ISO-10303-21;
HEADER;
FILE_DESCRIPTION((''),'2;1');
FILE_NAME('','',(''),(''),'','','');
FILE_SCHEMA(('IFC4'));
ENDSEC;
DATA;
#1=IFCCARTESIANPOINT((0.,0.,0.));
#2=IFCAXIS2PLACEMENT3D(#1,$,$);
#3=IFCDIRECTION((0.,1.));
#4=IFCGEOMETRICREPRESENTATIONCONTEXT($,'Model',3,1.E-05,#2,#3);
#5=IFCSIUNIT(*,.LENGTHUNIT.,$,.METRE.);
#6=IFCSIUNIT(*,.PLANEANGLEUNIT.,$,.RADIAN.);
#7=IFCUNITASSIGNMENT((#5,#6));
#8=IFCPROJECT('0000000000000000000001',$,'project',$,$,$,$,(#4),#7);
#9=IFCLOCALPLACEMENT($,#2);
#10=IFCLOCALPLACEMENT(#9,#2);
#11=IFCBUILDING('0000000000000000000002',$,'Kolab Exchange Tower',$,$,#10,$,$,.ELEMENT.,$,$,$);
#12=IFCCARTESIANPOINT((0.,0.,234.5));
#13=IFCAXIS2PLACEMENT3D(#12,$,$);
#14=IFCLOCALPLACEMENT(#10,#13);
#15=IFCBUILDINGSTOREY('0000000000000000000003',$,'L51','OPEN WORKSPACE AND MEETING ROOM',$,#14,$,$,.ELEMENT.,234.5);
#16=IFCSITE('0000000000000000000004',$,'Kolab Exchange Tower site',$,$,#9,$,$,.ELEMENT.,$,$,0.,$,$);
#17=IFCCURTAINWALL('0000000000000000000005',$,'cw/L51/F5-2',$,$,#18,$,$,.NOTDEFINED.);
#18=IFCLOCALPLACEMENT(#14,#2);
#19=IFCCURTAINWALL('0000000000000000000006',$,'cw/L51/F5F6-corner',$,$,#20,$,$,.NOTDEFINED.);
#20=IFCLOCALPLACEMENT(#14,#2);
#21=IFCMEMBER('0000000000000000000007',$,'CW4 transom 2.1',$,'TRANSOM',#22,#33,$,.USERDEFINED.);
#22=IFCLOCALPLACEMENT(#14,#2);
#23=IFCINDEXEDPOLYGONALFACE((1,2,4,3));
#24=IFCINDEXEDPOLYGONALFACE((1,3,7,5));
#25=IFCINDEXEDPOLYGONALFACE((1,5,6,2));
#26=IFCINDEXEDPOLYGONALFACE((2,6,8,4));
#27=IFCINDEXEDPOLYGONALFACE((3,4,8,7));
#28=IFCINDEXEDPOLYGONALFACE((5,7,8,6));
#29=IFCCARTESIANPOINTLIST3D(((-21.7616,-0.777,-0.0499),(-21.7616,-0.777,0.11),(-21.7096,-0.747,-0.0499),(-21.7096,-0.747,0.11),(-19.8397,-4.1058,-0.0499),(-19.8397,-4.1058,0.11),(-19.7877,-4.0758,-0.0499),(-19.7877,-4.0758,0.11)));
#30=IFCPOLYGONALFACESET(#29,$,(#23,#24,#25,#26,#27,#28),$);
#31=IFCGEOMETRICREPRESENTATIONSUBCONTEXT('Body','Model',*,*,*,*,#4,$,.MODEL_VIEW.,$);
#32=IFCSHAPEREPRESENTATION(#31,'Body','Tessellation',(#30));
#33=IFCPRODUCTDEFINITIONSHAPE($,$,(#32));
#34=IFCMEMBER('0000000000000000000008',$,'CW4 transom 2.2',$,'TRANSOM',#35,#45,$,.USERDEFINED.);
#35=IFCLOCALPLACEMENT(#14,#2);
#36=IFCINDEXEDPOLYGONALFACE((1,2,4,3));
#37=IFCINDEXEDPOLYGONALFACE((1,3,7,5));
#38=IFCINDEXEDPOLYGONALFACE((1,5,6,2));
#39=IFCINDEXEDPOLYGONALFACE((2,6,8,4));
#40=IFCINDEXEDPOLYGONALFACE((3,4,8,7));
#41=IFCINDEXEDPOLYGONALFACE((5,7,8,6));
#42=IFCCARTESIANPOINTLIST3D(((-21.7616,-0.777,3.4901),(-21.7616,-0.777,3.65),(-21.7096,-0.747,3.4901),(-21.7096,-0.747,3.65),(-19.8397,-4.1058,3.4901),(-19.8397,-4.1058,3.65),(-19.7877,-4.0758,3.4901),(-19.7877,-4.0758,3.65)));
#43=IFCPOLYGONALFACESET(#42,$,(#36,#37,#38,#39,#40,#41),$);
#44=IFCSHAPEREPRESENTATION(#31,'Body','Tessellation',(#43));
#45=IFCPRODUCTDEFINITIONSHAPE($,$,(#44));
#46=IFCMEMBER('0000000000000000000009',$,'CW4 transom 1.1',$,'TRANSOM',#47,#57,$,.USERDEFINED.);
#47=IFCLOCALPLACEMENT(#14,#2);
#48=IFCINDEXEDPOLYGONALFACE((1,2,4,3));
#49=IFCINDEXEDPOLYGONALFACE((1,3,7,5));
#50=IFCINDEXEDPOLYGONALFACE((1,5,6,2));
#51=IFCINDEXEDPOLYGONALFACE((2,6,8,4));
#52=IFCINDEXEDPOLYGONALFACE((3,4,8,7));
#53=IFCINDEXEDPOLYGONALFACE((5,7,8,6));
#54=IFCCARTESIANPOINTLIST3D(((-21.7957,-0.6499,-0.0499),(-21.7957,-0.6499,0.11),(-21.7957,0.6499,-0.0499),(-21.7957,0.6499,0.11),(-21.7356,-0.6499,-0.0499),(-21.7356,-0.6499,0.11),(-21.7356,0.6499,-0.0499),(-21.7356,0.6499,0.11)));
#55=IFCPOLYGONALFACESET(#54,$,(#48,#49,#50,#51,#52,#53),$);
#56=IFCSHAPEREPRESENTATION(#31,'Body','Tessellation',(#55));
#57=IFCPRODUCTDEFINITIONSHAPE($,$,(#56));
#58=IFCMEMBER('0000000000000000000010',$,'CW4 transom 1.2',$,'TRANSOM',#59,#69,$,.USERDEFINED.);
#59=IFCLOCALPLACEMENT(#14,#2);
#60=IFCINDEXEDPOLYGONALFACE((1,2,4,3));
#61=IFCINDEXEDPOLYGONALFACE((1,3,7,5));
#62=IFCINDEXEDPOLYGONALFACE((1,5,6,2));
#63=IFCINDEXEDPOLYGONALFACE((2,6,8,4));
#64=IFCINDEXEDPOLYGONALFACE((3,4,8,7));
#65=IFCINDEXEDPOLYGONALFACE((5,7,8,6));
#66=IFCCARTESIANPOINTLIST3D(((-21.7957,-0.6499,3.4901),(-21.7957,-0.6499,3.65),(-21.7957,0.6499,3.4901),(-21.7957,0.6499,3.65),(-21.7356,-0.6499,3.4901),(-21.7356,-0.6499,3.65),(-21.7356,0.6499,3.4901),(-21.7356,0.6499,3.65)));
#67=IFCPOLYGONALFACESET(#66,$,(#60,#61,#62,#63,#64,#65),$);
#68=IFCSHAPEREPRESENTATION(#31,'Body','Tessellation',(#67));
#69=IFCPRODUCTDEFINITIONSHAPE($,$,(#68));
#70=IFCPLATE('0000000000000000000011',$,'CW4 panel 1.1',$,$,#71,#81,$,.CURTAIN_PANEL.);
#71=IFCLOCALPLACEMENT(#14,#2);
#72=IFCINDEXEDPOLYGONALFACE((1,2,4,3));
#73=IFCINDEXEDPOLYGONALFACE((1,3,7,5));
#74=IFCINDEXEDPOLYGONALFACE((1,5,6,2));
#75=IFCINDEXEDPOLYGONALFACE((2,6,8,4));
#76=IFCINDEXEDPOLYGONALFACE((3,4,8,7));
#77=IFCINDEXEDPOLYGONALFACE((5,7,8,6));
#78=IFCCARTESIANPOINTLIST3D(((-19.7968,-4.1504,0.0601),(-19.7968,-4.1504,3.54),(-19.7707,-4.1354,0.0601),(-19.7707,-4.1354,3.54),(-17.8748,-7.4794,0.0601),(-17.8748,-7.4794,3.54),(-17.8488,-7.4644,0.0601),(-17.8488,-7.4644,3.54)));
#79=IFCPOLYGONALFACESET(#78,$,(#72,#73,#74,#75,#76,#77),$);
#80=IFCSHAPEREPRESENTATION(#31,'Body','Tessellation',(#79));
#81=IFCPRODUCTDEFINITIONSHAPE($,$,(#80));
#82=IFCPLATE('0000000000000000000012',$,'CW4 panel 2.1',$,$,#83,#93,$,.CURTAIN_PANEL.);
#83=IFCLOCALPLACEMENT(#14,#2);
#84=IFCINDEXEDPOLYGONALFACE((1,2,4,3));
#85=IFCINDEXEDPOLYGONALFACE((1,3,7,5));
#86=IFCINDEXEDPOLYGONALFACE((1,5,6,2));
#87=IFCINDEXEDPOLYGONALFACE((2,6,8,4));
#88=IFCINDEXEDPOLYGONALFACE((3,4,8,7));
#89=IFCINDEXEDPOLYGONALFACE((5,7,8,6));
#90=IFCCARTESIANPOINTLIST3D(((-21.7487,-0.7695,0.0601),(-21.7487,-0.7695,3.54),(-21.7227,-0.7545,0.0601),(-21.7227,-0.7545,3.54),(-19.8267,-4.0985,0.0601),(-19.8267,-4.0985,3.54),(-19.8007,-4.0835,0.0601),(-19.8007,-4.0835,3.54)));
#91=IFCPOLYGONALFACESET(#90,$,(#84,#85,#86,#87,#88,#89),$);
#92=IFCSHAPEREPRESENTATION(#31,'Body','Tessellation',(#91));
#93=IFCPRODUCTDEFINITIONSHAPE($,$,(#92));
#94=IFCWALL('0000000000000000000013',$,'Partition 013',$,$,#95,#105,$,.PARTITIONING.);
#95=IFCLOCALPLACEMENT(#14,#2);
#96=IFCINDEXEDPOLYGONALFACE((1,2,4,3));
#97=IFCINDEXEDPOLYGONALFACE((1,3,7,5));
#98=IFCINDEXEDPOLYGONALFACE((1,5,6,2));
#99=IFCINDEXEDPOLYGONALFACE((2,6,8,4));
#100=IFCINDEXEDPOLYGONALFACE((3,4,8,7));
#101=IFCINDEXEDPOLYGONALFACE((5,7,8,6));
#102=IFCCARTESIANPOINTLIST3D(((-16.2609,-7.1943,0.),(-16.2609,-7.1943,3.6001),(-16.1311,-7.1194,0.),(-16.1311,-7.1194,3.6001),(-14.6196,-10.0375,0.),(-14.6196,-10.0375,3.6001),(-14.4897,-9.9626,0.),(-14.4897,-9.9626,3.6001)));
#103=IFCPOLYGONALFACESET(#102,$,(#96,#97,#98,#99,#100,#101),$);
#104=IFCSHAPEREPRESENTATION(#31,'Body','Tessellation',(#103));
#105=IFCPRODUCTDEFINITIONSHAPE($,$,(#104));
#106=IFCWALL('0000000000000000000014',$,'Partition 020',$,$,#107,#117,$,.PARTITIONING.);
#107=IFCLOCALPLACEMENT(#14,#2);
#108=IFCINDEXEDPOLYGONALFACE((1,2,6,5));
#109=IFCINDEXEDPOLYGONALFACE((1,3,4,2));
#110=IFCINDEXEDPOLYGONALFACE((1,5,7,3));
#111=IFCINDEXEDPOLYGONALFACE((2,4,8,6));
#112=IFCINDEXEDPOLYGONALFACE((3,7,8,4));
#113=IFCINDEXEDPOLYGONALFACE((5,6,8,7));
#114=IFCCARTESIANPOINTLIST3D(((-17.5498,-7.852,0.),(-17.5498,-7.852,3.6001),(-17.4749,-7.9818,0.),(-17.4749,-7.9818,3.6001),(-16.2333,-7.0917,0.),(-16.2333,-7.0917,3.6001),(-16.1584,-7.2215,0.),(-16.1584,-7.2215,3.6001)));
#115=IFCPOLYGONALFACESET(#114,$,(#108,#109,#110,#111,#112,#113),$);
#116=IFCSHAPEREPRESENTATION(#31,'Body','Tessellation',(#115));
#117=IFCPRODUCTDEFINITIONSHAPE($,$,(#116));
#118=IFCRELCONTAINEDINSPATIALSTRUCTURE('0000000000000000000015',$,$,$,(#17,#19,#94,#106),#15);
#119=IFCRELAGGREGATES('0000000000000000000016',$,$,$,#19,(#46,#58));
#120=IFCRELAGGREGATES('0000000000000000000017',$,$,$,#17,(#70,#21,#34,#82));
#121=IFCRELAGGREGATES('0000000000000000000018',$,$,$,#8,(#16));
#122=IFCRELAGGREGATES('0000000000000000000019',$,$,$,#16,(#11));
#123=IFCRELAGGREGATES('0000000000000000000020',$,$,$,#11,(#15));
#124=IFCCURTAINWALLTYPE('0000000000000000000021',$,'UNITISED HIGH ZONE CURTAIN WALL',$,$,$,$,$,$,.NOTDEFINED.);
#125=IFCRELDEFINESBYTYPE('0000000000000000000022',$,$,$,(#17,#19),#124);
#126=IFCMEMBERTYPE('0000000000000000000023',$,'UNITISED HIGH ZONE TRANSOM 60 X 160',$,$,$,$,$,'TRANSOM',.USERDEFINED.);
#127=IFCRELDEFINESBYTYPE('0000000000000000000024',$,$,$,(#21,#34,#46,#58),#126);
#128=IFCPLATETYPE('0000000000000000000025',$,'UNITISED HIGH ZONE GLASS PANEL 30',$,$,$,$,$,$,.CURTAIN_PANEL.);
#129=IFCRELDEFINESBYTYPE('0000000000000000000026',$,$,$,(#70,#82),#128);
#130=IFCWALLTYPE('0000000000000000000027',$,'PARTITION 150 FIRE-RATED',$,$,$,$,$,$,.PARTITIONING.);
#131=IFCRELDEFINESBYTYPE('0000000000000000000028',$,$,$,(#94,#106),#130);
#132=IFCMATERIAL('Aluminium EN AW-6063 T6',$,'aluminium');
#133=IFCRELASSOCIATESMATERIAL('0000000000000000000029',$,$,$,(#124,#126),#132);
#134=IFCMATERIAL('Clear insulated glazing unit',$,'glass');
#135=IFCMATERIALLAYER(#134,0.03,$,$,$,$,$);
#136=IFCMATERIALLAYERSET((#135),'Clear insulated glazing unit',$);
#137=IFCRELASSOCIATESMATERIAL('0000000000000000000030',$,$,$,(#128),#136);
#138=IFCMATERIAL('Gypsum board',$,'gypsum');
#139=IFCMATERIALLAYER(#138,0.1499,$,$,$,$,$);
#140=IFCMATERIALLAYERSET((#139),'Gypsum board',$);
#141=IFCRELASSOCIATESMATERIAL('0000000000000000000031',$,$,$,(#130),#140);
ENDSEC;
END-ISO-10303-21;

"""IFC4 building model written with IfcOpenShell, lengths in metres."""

from ifc_helpers import new_model, si_unit, direction, frame, frame_2d, origin, origin_2d, place, context, subcontext, project, spatial, rectangle, extrude, material, layer, layer_set, material_profile, profile_set, type_object, element, aggregate, save


model = new_model("IFC4")

# Units and contexts
model_context = context("Model", 3, precision=1e-05, world=origin(), true_north=direction((0.0, 1.0)))
body_context = subcontext(model_context, "Body", "Model", "MODEL_VIEW")
ifc_project = project(units=[si_unit("LENGTHUNIT", "METRE"), si_unit("PLANEANGLEUNIT", "RADIAN")], contexts=[model_context])

# Site, building, storey
site_placement = place(None, origin())
site = spatial("IfcSite", under=ifc_project, at=site_placement, Name="Kolab Exchange Tower site", CompositionType="ELEMENT", RefElevation=0.0)
building_placement = place(site_placement, origin())
building = spatial("IfcBuilding", under=site, at=building_placement, Name="Kolab Exchange Tower", CompositionType="ELEMENT")
storey_placement = place(building_placement, frame((0.0, 0.0, 234.5)))
storey = spatial("IfcBuildingStorey", under=building, at=storey_placement, Name="L51", Description="OPEN WORKSPACE AND MEETING ROOM", CompositionType="ELEMENT", Elevation=234.5)

# Curtain wall
ifc_material_1 = material(Name="Aluminium EN AW-6063 T6", Category="aluminium")
curtain_wall_type = type_object("IfcCurtainWallType", Name="UNITISED HIGH ZONE CURTAIN WALL", PredefinedType="NOTDEFINED", material=ifc_material_1)
curtain_wall_1_placement = place(storey_placement, origin())
curtain_wall_1 = element("IfcCurtainWall", 1, at=curtain_wall_1_placement, inside=storey, type_object=curtain_wall_type, Name="cw/L51/F5-2", PredefinedType="NOTDEFINED")

# Curtain wall
curtain_wall_2_placement = place(storey_placement, origin())
curtain_wall_2 = element("IfcCurtainWall", 2, at=curtain_wall_2_placement, inside=storey, type_object=curtain_wall_type, Name="cw/L51/F5F6-corner", PredefinedType="NOTDEFINED")

# Members
ifc_material_profile_1 = material_profile(ifc_material_1, rectangle(XDim=0.0601, YDim=0.1599, at=origin_2d()), Name="RECT 60X160")
ifc_profile_set_1 = profile_set([ifc_material_profile_1], Name="Aluminium EN AW-6063 T6")
member_type_1 = type_object("IfcMemberType", Name="UNITISED HIGH ZONE TRANSOM 60 X 160", ElementType="TRANSOM", PredefinedType="USERDEFINED", material=ifc_profile_set_1)
member_1_placement = place(storey_placement, frame((-19.8137, -4.0908, 0.03), z_axis=(-0.499992, 0.86603, 0.0), x_axis=(-0.86603, -0.499992, 0.0)))
member_1 = element("IfcMember", 3, at=member_1_placement, type_object=member_type_1, Name="CW4 transom 2.1", ObjectType="TRANSOM", PredefinedType="USERDEFINED", context=body_context, shape_type="SweptSolid", body=[
    extrude(rectangle(XDim=0.0601, YDim=0.1599, at=origin_2d()), origin(), (0.0, 0.0, 1.0), 3.8438),
])
member_2_placement = place(storey_placement, frame((-19.8137, -4.0908, 3.5701), z_axis=(-0.499992, 0.86603, 0.0), x_axis=(-0.86603, -0.499992, 0.0)))
member_2 = element("IfcMember", 4, at=member_2_placement, type_object=member_type_1, Name="CW4 transom 2.2", ObjectType="TRANSOM", PredefinedType="USERDEFINED", context=body_context, shape_type="SweptSolid", body=[
    extrude(rectangle(XDim=0.0601, YDim=0.1599, at=origin_2d()), origin(), (0.0, 0.0, 1.0), 3.8438),
])
member_3_placement = place(storey_placement, frame((-21.7656, -0.6499, 0.03), z_axis=(0.0, 1.0, 0.0), x_axis=(-1.0, 0.0, 0.0)))
member_3 = element("IfcMember", 5, at=member_3_placement, type_object=member_type_1, Name="CW4 transom 1.1", ObjectType="TRANSOM", PredefinedType="USERDEFINED", context=body_context, shape_type="SweptSolid", body=[
    extrude(rectangle(XDim=0.0601, YDim=0.1599, at=origin_2d()), origin(), (0.0, 0.0, 1.0), 1.2998),
])
member_4_placement = place(storey_placement, frame((-21.7656, -0.6499, 3.5701), z_axis=(0.0, 1.0, 0.0), x_axis=(-1.0, 0.0, 0.0)))
member_4 = element("IfcMember", 6, at=member_4_placement, type_object=member_type_1, Name="CW4 transom 1.2", ObjectType="TRANSOM", PredefinedType="USERDEFINED", context=body_context, shape_type="SweptSolid", body=[
    extrude(rectangle(XDim=0.0601, YDim=0.1599, at=origin_2d()), origin(), (0.0, 0.0, 1.0), 1.2998),
])
aggregate(curtain_wall_2, [member_3, member_4])

# Plates
ifc_material_2 = material(Name="Clear insulated glazing unit", Category="glass")
ifc_layer_1 = layer(ifc_material_2, 0.03)
ifc_layer_set_1 = layer_set([ifc_layer_1], Name="Clear insulated glazing unit")
plate_type = type_object("IfcPlateType", Name="UNITISED HIGH ZONE GLASS PANEL 30", PredefinedType="CURTAIN_PANEL", material=ifc_layer_set_1)
plate_1_placement = place(storey_placement, frame((-18.8228, -5.8074, 0.0601), z_axis=(0.0, 0.0, 1.0), x_axis=(-0.5, 0.866025, 0.0)))
plate_1 = element("IfcPlate", 7, at=plate_1_placement, type_object=plate_type, Name="CW4 panel 1.1", PredefinedType="CURTAIN_PANEL", context=body_context, shape_type="SweptSolid", body=[
    extrude(rectangle(XDim=3.844, YDim=0.03, at=origin_2d()), origin(), (0.0, 0.0, 1.0), 3.48),
])
plate_2_placement = place(storey_placement, frame((-20.7747, -2.4265, 0.0601), z_axis=(0.0, 0.0, 1.0), x_axis=(-0.5, 0.866025, 0.0)))
plate_2 = element("IfcPlate", 8, at=plate_2_placement, type_object=plate_type, Name="CW4 panel 2.1", PredefinedType="CURTAIN_PANEL", context=body_context, shape_type="SweptSolid", body=[
    extrude(rectangle(XDim=3.844, YDim=0.03, at=origin_2d()), origin(), (0.0, 0.0, 1.0), 3.48),
])
aggregate(curtain_wall_1, [plate_1, member_1, member_2, plate_2])

# Walls
ifc_material_3 = material(Name="Gypsum board", Category="gypsum")
ifc_layer_2 = layer(ifc_material_3, 0.1499)
ifc_layer_set_2 = layer_set([ifc_layer_2], Name="Gypsum board")
wall_type = type_object("IfcWallType", Name="PARTITION 150 FIRE-RATED", PredefinedType="PARTITIONING", material=ifc_layer_set_2)
wall_1_placement = place(storey_placement, frame((-16.196, -7.1567, 0.0), z_axis=(0.0, 0.0, 1.0), x_axis=(0.499954, -0.866052, 0.0)))
element("IfcWall", 9, at=wall_1_placement, inside=storey, type_object=wall_type, Name="Partition 013", PredefinedType="PARTITIONING", context=body_context, shape_type="SweptSolid", body=[
    extrude(rectangle(XDim=3.283, YDim=0.1499, at=frame_2d((1.6416, 0.0))), origin(), (0.0, 0.0, 1.0), 3.6001),
])
wall_2_placement = place(storey_placement, frame((-17.5125, -7.917, 0.0), z_axis=(0.0, 0.0, 1.0), x_axis=(0.865961, 0.500112, 0.0)))
element("IfcWall", 10, at=wall_2_placement, inside=storey, type_object=wall_type, Name="Partition 020", PredefinedType="PARTITIONING", context=body_context, shape_type="SweptSolid", body=[
    extrude(rectangle(XDim=1.5203, YDim=0.1499, at=frame_2d((0.7603, 0.0))), origin(), (0.0, 0.0, 1.0), 3.6001),
])

save(model, "model.ifc")
